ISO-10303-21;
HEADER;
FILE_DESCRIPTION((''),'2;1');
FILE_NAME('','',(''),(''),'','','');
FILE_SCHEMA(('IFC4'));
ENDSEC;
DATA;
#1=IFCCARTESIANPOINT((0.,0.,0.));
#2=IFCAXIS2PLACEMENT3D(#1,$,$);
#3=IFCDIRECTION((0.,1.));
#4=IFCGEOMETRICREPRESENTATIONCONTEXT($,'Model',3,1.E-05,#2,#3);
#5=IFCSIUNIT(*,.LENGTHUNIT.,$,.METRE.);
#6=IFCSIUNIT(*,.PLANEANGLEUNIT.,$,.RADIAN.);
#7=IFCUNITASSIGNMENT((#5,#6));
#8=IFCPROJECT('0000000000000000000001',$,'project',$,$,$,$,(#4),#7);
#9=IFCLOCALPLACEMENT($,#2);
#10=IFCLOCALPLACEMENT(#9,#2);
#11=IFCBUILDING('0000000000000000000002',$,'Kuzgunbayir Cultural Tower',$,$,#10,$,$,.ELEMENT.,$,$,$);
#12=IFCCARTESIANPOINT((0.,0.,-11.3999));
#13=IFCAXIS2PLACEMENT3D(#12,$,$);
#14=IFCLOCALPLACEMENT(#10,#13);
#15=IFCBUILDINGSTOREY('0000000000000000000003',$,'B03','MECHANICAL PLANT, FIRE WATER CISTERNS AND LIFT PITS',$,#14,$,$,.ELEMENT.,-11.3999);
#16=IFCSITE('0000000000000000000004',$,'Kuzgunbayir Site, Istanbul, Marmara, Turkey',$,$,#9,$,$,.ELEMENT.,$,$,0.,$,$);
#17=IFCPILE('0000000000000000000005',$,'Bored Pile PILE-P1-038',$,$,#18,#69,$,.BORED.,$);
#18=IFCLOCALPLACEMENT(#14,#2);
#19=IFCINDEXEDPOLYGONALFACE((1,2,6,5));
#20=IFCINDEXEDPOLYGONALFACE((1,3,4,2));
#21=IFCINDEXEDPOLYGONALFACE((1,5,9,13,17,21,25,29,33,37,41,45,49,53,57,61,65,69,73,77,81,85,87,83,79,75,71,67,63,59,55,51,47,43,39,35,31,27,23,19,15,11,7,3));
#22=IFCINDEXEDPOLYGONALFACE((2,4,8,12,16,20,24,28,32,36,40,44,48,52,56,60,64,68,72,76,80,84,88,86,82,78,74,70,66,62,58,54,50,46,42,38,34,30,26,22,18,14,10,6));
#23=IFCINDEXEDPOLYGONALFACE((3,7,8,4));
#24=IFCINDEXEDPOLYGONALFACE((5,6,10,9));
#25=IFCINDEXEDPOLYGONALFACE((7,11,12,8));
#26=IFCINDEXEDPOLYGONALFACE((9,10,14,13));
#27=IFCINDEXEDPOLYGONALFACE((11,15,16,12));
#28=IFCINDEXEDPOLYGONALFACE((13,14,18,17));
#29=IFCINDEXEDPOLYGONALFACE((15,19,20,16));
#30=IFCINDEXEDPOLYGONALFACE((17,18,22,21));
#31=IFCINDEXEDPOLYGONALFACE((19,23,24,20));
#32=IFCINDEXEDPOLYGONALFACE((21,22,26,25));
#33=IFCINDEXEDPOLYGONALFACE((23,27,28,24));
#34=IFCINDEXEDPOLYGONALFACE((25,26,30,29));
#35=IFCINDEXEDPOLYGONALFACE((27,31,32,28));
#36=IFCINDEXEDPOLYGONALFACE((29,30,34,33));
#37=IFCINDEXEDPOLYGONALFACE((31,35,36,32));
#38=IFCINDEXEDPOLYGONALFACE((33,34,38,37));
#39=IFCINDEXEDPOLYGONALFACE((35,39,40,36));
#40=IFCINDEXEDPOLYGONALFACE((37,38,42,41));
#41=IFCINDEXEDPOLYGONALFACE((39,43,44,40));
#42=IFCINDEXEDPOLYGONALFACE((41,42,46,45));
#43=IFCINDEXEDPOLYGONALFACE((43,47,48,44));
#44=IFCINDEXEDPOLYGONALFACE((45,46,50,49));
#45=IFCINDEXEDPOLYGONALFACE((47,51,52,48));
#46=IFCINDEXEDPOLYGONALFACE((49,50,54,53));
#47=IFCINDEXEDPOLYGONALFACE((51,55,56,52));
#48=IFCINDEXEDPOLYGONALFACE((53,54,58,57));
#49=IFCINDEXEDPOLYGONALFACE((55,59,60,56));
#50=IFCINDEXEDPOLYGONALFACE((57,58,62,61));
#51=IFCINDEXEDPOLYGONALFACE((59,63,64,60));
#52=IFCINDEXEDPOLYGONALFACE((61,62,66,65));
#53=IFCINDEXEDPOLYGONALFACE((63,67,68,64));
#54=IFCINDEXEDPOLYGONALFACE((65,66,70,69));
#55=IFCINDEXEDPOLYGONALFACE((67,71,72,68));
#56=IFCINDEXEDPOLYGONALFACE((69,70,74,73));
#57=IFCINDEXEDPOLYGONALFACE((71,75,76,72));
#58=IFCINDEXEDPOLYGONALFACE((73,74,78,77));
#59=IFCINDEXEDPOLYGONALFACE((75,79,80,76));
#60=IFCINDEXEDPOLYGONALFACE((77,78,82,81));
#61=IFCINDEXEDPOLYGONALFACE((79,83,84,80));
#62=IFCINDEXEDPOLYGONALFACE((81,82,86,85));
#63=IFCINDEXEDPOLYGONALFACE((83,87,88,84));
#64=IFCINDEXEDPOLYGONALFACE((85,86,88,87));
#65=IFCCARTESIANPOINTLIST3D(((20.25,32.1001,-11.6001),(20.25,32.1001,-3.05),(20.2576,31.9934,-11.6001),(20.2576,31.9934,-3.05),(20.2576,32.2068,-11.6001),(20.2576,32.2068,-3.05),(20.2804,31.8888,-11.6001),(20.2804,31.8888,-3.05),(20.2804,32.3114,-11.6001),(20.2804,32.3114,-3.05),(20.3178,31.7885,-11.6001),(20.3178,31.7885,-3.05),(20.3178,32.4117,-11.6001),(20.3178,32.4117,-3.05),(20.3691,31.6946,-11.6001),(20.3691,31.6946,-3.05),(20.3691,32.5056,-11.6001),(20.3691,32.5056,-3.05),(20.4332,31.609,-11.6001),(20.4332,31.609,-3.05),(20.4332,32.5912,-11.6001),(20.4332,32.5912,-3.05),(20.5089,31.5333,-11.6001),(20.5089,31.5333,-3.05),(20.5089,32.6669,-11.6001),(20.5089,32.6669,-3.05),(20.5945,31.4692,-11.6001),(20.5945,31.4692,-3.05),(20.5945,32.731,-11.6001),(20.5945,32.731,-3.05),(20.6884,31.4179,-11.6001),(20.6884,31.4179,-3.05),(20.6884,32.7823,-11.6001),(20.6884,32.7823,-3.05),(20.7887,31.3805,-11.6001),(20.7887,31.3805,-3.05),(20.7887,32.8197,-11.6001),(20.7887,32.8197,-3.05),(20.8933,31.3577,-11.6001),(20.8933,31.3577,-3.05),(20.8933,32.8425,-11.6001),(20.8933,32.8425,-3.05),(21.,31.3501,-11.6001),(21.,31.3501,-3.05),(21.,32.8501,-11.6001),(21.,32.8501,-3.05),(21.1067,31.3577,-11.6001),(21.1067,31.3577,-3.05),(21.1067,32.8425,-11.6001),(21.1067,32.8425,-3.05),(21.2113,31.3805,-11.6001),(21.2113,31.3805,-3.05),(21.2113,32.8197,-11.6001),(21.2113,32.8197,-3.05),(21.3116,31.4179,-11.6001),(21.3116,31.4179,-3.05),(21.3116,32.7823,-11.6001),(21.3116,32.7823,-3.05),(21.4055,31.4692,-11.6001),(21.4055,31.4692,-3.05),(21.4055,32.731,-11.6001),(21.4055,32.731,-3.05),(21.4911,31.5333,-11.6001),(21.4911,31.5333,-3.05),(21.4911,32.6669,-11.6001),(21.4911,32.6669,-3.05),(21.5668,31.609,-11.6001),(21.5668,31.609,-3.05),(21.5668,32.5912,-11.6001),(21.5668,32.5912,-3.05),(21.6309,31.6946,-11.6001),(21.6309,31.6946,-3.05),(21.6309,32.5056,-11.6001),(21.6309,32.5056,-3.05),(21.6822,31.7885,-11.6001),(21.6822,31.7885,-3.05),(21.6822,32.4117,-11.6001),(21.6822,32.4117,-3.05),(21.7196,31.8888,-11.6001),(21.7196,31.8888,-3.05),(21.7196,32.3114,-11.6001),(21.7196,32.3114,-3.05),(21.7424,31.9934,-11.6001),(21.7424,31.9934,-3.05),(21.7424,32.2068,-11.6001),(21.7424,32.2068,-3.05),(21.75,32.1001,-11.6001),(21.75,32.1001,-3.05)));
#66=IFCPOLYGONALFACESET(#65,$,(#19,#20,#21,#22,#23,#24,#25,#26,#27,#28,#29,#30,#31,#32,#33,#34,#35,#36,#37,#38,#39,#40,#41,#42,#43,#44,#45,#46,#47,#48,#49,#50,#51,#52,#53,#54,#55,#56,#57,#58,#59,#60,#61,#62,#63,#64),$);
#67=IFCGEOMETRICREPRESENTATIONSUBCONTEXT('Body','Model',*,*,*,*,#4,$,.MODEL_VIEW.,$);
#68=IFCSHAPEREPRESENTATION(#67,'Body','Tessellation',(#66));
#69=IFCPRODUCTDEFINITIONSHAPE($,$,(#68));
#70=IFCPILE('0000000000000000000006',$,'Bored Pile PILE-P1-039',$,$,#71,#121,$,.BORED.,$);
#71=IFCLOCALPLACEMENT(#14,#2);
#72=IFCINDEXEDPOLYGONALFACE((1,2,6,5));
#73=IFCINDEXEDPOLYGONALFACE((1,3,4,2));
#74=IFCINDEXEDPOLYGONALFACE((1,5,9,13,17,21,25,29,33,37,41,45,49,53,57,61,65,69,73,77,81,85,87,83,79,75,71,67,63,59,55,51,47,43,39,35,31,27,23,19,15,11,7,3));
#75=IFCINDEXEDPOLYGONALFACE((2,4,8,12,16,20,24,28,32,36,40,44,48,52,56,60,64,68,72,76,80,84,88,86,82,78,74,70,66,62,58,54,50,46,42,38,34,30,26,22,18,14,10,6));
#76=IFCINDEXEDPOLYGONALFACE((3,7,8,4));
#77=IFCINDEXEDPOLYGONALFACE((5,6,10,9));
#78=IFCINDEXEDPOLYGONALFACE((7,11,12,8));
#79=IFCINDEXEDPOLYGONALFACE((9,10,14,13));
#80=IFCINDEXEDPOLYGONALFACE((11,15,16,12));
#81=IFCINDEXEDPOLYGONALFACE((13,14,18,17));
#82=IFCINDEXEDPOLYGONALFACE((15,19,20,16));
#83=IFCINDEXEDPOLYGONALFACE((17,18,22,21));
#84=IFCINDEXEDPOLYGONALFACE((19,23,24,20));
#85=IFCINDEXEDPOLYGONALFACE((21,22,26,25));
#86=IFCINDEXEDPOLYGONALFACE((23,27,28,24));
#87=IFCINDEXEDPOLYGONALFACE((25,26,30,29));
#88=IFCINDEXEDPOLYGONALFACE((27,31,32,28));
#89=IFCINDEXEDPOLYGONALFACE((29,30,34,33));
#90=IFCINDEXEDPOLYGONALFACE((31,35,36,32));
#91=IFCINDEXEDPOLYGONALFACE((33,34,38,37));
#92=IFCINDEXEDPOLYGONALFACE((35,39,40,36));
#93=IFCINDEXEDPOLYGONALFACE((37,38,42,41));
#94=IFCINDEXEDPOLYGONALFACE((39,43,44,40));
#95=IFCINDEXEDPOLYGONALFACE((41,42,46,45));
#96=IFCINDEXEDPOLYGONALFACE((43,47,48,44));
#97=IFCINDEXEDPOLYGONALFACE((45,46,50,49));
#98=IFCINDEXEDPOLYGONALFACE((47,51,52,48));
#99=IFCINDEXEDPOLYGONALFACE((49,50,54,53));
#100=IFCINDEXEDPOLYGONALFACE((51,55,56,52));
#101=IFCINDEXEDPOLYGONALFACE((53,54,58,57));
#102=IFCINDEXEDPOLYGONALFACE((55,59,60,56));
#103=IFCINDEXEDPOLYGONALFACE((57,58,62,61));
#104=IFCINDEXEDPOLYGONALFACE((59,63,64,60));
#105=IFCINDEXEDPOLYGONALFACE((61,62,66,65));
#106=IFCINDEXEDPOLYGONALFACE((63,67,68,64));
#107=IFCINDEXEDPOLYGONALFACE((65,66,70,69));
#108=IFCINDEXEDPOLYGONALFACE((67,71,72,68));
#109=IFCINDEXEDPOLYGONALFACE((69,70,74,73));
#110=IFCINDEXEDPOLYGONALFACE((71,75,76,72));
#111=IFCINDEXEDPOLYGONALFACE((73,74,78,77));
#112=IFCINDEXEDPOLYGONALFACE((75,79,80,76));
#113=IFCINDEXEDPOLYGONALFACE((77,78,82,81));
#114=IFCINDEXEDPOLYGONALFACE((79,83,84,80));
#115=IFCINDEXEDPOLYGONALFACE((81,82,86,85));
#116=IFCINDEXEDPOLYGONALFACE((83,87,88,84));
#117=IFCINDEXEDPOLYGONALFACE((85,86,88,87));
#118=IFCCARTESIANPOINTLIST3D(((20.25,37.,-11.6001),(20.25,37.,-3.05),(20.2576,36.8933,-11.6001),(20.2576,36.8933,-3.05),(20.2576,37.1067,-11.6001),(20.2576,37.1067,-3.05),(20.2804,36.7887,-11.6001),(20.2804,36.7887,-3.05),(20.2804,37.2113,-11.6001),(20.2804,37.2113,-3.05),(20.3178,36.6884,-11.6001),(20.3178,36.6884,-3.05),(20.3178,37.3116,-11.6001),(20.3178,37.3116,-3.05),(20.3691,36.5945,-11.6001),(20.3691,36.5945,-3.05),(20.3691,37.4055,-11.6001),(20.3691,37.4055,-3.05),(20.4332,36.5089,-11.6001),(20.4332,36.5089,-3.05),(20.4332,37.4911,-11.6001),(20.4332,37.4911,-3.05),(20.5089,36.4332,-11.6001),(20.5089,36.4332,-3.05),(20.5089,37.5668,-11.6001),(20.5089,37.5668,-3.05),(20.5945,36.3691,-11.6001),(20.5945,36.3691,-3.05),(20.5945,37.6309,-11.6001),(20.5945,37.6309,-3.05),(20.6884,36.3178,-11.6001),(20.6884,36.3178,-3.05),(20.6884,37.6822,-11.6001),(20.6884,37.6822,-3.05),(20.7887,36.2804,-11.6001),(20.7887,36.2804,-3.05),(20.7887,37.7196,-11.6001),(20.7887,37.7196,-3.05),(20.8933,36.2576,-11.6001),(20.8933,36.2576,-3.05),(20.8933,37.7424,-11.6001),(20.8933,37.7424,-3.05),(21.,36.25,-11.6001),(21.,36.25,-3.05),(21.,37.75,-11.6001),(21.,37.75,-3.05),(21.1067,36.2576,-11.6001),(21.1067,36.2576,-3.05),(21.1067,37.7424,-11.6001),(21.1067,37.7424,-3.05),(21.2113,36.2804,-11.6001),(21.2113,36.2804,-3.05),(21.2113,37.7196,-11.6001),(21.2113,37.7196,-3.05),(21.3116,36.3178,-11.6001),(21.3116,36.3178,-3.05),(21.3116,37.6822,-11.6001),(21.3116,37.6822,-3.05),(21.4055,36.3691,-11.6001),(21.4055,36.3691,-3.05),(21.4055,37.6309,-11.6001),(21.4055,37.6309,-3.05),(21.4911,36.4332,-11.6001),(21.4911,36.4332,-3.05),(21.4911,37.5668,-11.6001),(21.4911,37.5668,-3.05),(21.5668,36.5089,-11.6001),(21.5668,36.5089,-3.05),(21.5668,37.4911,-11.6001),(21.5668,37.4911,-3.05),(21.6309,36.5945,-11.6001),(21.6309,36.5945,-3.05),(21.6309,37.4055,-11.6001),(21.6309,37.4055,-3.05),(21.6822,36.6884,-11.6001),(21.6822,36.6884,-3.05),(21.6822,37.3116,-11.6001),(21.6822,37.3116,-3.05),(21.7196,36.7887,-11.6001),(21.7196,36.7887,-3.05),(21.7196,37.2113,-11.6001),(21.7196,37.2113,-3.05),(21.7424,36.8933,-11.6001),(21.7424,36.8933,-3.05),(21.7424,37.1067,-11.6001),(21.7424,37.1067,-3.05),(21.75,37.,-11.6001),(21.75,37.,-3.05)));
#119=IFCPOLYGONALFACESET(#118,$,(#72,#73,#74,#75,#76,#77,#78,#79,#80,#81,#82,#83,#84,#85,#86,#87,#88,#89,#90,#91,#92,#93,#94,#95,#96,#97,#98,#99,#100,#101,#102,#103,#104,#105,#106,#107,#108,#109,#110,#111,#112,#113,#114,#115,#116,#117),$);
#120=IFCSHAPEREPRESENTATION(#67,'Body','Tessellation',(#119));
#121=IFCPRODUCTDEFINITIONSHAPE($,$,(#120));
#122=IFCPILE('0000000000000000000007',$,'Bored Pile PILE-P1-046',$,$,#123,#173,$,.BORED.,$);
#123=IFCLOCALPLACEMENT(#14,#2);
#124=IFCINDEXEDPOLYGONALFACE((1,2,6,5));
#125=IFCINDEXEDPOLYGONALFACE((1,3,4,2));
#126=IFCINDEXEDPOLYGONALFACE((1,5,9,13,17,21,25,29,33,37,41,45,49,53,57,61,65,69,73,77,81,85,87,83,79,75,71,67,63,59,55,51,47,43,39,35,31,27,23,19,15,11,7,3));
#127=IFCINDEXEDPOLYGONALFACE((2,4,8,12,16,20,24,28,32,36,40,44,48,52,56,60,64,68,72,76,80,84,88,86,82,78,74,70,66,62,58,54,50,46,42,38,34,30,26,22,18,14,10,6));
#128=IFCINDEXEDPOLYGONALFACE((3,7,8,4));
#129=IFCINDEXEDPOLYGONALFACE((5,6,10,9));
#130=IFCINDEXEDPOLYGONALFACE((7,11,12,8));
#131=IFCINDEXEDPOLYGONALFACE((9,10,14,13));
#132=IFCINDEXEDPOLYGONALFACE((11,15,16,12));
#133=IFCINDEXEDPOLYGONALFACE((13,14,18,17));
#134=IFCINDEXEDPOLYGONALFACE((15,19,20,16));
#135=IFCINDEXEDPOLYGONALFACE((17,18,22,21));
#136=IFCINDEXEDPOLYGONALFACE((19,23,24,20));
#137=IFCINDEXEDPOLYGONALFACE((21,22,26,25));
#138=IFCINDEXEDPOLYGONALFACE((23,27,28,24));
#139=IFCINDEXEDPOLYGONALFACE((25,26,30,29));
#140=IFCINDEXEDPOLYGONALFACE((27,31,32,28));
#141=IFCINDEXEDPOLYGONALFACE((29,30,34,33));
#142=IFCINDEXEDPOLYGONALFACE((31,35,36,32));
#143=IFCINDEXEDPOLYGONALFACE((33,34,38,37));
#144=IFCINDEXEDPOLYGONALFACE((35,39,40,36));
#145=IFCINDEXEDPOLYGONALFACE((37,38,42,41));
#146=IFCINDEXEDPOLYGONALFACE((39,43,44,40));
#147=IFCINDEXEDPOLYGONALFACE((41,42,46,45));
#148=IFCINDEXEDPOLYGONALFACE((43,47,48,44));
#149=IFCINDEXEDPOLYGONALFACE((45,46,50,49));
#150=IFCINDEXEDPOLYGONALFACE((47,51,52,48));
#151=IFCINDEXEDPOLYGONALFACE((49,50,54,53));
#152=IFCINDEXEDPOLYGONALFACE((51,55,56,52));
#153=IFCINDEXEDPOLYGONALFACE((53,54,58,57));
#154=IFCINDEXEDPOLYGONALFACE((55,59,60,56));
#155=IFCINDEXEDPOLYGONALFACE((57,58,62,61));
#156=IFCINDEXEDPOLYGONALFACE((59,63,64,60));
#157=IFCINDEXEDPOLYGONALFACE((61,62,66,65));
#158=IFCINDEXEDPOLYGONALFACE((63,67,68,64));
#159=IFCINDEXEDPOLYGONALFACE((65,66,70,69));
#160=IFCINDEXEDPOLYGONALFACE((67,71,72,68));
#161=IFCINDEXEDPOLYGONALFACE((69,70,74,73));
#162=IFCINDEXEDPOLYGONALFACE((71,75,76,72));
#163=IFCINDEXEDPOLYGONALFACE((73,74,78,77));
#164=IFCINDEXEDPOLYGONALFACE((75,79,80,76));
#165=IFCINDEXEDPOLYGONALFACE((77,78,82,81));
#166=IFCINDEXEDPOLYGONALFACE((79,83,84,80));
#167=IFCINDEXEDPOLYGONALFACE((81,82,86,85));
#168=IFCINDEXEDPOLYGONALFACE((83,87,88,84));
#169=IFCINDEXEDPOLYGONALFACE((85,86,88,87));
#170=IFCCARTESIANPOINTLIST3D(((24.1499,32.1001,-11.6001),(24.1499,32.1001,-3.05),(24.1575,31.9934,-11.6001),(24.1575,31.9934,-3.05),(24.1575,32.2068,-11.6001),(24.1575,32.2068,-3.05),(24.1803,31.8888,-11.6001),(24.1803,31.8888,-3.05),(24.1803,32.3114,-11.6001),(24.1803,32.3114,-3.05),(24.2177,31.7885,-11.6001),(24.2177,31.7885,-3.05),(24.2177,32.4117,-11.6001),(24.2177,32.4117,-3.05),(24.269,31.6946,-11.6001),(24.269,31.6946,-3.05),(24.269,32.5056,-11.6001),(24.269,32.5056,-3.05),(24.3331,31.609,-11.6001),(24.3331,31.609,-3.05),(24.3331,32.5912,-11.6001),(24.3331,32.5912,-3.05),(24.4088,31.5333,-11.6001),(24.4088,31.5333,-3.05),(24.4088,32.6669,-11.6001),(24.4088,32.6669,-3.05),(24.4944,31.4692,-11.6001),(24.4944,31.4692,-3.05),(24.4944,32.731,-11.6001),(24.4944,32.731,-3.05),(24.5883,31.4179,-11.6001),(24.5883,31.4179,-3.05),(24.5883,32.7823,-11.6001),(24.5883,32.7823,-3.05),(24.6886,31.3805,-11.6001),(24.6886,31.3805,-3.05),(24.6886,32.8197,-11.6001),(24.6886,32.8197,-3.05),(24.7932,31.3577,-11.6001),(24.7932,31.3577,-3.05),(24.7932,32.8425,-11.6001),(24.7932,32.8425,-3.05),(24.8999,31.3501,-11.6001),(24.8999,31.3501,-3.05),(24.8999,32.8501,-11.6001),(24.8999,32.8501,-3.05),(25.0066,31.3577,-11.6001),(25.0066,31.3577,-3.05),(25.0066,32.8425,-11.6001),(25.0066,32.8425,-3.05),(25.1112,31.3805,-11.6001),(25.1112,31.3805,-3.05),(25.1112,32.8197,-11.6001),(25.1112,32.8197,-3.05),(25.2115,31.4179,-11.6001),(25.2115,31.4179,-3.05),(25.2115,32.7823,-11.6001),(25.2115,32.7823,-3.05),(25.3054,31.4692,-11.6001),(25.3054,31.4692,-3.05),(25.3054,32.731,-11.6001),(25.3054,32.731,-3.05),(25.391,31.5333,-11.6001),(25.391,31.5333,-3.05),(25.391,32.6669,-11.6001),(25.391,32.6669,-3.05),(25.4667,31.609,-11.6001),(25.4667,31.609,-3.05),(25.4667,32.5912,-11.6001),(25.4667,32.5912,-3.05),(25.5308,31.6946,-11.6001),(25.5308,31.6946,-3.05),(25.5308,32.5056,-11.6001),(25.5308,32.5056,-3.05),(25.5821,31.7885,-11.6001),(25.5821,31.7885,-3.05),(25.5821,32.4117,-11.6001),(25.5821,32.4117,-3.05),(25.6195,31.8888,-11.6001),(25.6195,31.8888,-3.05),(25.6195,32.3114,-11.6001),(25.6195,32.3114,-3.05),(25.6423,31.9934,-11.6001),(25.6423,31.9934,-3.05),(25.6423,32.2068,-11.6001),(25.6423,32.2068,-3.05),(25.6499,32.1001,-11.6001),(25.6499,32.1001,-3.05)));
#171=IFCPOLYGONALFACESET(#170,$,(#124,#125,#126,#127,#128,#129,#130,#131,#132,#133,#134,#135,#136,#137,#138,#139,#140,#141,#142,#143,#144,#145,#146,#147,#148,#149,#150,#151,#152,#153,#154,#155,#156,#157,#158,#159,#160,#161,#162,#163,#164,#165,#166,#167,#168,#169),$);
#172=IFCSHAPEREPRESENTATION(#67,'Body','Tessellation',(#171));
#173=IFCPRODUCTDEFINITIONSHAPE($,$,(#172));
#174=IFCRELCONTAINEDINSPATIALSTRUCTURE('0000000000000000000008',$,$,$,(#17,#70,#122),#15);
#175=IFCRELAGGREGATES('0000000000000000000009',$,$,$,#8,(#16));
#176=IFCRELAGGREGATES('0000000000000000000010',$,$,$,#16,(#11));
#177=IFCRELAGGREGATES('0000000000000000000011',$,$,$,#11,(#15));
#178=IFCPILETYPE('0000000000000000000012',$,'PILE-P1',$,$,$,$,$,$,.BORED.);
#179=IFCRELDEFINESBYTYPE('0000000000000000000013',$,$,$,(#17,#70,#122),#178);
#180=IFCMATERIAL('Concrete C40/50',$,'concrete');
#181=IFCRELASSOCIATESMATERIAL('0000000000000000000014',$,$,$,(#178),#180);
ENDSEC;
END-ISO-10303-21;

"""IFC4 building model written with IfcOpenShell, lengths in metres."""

from ifc_helpers import new_model, si_unit, direction, frame, origin, origin_2d, place, context, subcontext, project, spatial, circle, extrude, material, material_profile, profile_set, type_object, element, save


model = new_model("IFC4")

# Units and contexts
model_context = context("Model", 3, precision=1e-05, world=origin(), true_north=direction((0.0, 1.0)))
body_context = subcontext(model_context, "Body", "Model", "MODEL_VIEW")
ifc_project = project(units=[si_unit("LENGTHUNIT", "METRE"), si_unit("PLANEANGLEUNIT", "RADIAN")], contexts=[model_context])

# Site, building, storey
site_placement = place(None, origin())
site = spatial("IfcSite", under=ifc_project, at=site_placement, Name="Kuzgunbayir Site, Istanbul, Marmara, Turkey", CompositionType="ELEMENT", RefElevation=0.0)
building_placement = place(site_placement, origin())
building = spatial("IfcBuilding", under=site, at=building_placement, Name="Kuzgunbayir Cultural Tower", CompositionType="ELEMENT")
storey_placement = place(building_placement, frame((0.0, 0.0, -11.3999)))
storey = spatial("IfcBuildingStorey", under=building, at=storey_placement, Name="B03", Description="MECHANICAL PLANT, FIRE WATER CISTERNS AND LIFT PITS", CompositionType="ELEMENT", Elevation=-11.3999)

# Piles
ifc_material_1 = material(Name="Concrete C40/50", Category="concrete")
ifc_material_profile_1 = material_profile(ifc_material_1, circle(Radius=0.75, at=origin_2d()), Name="BORED PILE 1500")
ifc_profile_set_1 = profile_set([ifc_material_profile_1], Name="Concrete C40/50")
pile_type = type_object("IfcPileType", Name="PILE-P1", PredefinedType="BORED", material=ifc_profile_set_1)
for number, where, z_axis, x_axis, name in (
    (1, (21.0, 32.1001, -3.05), (0.0, 0.0, -1.0), (1.0, 0.0, 0.0), "Bored Pile PILE-P1-038"),
    (2, (21.0, 37.0, -3.05), (0.0, 0.0, -1.0), (1.0, 0.0, 0.0), "Bored Pile PILE-P1-039"),
    (3, (24.8999, 32.1001, -3.05), (0.0, 0.0, -1.0), (1.0, 0.0, 0.0), "Bored Pile PILE-P1-046"),
):
    element("IfcPile", number, at=place(storey_placement, frame(where, z_axis=z_axis, x_axis=x_axis)), inside=storey, type_object=pile_type, Name=name, PredefinedType="BORED", context=body_context, shape_type="SweptSolid", body=[
        extrude(circle(Radius=0.75, at=origin_2d()), origin(), (0.0, 0.0, 1.0), 8.55),
    ])

save(model, "model.ifc")
